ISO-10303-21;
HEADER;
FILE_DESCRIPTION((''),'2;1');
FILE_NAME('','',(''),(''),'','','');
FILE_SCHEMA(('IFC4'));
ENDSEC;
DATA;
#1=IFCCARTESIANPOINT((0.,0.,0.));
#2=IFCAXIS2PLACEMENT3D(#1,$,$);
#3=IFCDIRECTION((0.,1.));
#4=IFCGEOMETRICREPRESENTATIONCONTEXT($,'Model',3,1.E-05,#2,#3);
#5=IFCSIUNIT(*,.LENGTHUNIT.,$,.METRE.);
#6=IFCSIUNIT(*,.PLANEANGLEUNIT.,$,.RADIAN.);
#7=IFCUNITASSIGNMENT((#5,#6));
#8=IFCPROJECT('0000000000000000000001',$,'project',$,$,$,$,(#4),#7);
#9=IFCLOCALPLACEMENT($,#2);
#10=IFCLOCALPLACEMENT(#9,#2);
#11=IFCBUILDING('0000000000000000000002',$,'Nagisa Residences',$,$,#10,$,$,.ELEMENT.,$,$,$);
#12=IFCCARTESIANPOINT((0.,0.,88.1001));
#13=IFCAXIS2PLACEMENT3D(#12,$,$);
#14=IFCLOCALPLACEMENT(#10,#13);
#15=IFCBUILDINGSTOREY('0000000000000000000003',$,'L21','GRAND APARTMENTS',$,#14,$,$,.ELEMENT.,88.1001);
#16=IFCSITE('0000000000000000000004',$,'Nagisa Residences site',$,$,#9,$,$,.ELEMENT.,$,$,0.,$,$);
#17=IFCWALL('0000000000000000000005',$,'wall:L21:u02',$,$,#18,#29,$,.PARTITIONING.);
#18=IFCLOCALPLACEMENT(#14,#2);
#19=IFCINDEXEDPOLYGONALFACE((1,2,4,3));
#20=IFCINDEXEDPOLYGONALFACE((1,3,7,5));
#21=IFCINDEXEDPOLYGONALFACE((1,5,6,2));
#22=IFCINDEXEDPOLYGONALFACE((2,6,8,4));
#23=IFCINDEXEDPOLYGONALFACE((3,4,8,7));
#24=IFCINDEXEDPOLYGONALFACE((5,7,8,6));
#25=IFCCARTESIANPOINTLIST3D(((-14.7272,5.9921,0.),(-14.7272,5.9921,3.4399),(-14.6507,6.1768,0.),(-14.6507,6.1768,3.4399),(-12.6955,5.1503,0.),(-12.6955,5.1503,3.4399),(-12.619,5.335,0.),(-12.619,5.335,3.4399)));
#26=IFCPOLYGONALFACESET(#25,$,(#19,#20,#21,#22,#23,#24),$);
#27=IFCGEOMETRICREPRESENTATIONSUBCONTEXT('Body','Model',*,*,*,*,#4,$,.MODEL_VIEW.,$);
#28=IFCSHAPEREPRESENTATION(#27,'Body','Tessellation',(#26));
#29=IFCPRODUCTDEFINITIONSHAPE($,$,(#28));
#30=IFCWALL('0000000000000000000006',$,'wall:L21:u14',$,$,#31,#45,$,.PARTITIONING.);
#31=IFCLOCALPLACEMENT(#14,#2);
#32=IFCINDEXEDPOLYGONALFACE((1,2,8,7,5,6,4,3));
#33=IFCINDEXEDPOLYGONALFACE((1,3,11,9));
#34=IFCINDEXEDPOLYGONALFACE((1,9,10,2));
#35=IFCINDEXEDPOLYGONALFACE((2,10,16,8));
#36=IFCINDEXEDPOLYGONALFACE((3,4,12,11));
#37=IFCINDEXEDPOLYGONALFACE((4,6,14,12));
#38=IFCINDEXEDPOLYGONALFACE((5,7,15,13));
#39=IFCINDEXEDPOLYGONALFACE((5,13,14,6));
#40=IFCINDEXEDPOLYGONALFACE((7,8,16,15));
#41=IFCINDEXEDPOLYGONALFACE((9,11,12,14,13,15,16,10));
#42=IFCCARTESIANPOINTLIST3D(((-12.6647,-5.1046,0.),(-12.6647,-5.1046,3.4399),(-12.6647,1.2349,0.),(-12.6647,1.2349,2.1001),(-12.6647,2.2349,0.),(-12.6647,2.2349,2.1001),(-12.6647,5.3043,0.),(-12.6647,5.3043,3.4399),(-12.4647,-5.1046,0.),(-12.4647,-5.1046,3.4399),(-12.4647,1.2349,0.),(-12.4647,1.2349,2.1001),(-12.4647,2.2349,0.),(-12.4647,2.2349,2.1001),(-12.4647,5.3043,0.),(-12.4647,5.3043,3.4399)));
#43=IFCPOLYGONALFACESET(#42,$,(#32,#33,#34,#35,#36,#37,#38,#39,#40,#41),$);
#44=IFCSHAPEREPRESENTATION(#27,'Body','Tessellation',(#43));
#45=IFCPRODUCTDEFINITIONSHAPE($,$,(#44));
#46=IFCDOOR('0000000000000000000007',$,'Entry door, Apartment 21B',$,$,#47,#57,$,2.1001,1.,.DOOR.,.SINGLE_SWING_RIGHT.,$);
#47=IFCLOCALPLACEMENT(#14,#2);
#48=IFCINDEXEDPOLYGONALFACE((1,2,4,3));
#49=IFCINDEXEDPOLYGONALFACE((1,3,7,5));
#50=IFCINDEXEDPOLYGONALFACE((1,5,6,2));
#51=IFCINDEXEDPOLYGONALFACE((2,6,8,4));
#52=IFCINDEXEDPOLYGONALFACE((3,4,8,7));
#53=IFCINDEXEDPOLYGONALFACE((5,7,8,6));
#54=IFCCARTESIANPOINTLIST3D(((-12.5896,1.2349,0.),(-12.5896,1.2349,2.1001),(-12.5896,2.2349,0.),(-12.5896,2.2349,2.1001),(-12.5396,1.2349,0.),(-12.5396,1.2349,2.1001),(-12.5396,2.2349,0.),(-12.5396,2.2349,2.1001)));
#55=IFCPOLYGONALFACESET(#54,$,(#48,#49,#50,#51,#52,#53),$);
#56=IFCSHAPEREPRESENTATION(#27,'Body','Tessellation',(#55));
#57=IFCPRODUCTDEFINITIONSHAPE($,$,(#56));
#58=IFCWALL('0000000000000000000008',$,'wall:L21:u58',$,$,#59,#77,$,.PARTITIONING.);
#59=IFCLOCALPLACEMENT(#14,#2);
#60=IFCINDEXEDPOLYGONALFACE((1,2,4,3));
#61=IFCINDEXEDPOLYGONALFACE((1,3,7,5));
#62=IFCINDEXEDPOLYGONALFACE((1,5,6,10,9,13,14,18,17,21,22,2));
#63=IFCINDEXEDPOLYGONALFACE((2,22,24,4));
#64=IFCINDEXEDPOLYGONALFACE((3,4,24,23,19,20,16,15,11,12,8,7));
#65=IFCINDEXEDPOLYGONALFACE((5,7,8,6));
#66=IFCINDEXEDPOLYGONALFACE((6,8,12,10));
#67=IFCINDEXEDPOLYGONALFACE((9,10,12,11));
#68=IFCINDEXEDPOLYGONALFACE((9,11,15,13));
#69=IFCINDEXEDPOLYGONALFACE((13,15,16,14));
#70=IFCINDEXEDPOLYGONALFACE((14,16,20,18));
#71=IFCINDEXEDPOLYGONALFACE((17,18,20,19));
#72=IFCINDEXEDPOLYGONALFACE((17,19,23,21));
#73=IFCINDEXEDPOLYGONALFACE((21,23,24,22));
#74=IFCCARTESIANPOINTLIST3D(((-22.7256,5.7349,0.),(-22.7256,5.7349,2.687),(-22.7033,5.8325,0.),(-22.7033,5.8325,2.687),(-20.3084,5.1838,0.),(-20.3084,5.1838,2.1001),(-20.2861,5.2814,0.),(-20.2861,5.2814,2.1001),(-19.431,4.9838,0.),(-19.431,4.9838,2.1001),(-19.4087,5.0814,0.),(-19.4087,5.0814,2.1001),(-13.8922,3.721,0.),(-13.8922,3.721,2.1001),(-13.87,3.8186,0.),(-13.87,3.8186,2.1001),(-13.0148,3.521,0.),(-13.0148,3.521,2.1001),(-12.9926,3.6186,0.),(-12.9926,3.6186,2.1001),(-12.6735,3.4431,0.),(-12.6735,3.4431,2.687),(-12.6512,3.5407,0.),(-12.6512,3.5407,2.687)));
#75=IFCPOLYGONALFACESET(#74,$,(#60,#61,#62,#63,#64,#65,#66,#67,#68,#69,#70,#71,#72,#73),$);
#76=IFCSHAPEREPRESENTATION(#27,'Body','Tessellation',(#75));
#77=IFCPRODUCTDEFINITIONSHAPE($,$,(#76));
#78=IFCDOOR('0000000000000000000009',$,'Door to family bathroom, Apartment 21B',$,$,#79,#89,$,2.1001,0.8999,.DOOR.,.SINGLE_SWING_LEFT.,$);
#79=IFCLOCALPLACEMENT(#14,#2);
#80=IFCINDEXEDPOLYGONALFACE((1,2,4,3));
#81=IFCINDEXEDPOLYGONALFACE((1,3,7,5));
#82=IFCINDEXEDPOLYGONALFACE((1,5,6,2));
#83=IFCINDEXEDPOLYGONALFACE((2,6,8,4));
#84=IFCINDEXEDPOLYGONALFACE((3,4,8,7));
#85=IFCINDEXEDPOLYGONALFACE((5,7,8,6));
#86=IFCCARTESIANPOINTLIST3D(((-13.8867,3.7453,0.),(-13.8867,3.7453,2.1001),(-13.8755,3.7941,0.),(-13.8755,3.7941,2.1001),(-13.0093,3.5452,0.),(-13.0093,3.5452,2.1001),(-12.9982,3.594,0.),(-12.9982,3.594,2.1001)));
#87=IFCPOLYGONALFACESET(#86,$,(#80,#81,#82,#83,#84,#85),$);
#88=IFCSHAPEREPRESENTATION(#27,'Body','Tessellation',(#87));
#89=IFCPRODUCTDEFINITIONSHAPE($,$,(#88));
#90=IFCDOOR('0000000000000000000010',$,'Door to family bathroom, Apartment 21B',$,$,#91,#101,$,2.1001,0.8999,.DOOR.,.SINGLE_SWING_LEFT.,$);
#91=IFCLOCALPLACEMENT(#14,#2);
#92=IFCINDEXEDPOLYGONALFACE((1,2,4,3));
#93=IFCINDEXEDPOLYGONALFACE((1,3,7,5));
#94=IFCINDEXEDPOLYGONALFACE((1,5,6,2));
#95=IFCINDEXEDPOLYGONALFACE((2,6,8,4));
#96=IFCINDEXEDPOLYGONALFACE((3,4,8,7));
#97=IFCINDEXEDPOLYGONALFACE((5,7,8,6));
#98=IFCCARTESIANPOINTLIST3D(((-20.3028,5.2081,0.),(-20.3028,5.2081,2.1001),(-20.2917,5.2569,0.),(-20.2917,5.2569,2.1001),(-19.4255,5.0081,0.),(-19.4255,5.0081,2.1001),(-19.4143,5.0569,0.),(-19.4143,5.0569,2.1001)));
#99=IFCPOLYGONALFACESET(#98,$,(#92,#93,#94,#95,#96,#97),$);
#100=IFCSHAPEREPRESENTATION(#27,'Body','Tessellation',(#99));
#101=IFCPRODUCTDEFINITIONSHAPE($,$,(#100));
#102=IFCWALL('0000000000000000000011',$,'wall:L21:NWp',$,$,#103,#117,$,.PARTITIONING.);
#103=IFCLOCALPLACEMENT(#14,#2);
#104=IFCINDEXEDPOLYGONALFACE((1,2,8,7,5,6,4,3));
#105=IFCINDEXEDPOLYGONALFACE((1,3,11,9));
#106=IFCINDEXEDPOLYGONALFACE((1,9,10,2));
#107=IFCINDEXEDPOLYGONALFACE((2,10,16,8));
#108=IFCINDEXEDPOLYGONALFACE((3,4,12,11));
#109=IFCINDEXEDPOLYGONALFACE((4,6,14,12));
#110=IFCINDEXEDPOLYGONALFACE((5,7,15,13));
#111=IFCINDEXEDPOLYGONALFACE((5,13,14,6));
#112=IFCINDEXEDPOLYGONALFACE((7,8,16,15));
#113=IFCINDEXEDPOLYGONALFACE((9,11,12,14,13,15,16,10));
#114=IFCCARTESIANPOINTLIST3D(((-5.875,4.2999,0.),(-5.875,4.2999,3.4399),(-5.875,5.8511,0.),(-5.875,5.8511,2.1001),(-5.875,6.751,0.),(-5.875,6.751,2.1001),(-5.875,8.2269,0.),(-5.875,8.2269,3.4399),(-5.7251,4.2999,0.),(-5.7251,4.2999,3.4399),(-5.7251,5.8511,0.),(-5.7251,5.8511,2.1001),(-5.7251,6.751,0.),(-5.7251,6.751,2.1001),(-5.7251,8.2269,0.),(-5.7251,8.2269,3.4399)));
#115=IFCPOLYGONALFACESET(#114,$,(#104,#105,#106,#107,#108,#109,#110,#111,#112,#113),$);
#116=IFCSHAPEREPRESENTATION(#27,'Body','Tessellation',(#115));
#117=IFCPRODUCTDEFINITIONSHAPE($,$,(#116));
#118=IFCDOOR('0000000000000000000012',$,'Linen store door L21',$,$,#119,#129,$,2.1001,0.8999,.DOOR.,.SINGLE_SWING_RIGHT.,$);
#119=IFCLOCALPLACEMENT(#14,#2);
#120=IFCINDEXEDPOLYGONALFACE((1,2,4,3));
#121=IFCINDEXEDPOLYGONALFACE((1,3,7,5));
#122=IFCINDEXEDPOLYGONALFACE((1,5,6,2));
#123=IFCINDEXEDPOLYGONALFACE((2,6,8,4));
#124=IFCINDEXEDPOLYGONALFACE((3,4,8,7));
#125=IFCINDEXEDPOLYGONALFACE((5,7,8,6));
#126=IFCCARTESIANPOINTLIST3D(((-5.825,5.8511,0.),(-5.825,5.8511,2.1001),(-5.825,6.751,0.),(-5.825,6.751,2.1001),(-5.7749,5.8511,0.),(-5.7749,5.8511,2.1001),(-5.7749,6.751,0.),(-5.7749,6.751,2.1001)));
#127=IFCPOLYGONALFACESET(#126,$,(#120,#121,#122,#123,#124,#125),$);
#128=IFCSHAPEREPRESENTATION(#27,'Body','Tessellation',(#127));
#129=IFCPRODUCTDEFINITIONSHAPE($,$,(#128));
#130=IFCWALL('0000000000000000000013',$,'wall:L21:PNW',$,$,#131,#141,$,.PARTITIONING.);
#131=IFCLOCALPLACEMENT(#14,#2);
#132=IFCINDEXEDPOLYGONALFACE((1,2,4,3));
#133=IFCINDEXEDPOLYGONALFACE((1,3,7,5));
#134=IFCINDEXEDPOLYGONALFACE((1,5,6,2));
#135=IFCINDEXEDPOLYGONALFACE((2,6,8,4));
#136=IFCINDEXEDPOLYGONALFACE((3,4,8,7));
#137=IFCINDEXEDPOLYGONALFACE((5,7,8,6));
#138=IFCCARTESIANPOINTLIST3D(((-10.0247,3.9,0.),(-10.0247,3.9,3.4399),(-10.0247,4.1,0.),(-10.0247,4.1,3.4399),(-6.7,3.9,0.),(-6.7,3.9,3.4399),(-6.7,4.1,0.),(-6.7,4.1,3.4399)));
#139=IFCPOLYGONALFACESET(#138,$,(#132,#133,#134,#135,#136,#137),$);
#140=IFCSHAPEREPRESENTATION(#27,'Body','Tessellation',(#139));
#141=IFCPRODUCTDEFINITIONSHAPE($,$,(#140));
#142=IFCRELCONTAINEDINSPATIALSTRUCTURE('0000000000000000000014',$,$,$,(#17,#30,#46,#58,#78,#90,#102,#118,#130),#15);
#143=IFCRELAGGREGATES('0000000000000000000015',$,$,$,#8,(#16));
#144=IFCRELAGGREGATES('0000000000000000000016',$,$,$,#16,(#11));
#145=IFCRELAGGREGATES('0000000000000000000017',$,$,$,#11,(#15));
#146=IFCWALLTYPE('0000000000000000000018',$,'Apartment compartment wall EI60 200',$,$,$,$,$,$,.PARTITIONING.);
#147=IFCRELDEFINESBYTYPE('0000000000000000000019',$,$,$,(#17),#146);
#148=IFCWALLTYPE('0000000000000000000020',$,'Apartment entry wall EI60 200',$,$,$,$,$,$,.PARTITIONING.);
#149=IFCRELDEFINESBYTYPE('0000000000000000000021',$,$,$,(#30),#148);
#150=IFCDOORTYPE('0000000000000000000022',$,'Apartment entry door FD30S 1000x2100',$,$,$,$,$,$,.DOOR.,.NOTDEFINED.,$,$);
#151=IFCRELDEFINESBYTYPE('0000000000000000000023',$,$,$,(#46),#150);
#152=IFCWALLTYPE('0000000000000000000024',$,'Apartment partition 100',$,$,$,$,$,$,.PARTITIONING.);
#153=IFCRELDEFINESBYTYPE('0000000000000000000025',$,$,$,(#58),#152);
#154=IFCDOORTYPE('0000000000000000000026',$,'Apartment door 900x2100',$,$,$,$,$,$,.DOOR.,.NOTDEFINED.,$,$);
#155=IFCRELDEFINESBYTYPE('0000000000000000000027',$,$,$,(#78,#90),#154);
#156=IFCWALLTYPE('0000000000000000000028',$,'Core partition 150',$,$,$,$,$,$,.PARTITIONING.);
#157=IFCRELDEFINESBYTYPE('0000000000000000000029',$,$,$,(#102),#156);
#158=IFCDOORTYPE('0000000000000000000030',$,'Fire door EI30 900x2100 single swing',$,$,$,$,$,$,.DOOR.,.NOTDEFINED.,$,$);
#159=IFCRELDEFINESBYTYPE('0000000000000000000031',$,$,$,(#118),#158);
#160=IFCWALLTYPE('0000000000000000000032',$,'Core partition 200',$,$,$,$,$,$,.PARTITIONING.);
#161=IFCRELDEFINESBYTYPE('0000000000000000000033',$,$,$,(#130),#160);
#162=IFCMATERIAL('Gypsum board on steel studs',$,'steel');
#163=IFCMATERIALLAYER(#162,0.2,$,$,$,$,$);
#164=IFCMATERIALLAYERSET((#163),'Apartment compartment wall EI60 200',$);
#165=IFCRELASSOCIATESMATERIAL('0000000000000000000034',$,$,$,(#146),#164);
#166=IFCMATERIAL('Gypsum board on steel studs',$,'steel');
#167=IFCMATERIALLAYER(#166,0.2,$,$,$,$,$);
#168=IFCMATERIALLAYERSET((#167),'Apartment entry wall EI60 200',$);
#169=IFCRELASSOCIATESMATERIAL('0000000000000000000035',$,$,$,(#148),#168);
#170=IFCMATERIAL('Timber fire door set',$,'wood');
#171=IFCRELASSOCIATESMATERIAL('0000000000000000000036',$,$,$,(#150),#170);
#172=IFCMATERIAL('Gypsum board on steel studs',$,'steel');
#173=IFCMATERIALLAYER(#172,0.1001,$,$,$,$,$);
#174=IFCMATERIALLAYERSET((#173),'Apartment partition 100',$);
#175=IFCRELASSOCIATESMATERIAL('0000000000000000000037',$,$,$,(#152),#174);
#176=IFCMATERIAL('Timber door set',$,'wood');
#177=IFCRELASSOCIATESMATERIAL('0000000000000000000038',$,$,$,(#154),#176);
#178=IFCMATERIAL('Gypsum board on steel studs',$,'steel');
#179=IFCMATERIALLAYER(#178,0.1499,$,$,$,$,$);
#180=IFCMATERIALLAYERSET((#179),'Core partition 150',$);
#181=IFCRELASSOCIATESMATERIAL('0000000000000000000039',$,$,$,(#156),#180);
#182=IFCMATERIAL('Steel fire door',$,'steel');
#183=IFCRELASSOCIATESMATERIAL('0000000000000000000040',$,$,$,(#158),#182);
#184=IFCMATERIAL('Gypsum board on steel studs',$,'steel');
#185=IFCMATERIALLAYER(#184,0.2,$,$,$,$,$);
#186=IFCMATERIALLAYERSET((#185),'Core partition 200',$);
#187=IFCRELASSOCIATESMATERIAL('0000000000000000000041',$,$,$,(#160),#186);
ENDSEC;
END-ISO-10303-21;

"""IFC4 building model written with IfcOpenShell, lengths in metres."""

from ifc_helpers import new_model, si_unit, direction, frame, frame_2d, origin, place, context, subcontext, project, spatial, rectangle, extrude, material, layer, layer_set, type_object, element, fill, save


model = new_model("IFC4")

# Units and contexts
model_context = context("Model", 3, precision=1e-05, world=origin(), true_north=direction((0.0, 1.0)))
body_context = subcontext(model_context, "Body", "Model", "MODEL_VIEW")
ifc_project = project(units=[si_unit("LENGTHUNIT", "METRE"), si_unit("PLANEANGLEUNIT", "RADIAN")], contexts=[model_context])

# Site, building, storey
site_placement = place(None, origin())
site = spatial("IfcSite", under=ifc_project, at=site_placement, Name="Nagisa Residences site", CompositionType="ELEMENT", RefElevation=0.0)
building_placement = place(site_placement, origin())
building = spatial("IfcBuilding", under=site, at=building_placement, Name="Nagisa Residences", CompositionType="ELEMENT")
storey_placement = place(building_placement, frame((0.0, 0.0, 88.1001)))
storey = spatial("IfcBuildingStorey", under=building, at=storey_placement, Name="L21", Description="GRAND APARTMENTS", CompositionType="ELEMENT", Elevation=88.1001)

# Wall
ifc_material_1 = material(Name="Gypsum board on steel studs", Category="steel")
ifc_layer_1 = layer(ifc_material_1, 0.2)
ifc_layer_set_1 = layer_set([ifc_layer_1], Name="Apartment compartment wall EI60 200")
wall_type_1 = type_object("IfcWallType", Name="Apartment compartment wall EI60 200", PredefinedType="PARTITIONING", material=ifc_layer_set_1)
wall_1_placement = place(storey_placement, frame((-12.6572, 5.2427, 0.0), z_axis=(0.0, 0.0, 1.0), x_axis=(-0.923844, 0.38277, 0.0)))
element("IfcWall", 1, at=wall_1_placement, inside=storey, type_object=wall_type_1, Name="wall:L21:u02", PredefinedType="PARTITIONING", context=body_context, shape_type="SweptSolid", body=[
    extrude(rectangle(XDim=2.1992, YDim=0.2, at=frame_2d((1.0996, 0.0))), origin(), (0.0, 0.0, 1.0), 3.4399),
])

# Wall, opening, door
ifc_material_2 = material(Name="Gypsum board on steel studs", Category="steel")
ifc_layer_2 = layer(ifc_material_2, 0.2)
ifc_layer_set_2 = layer_set([ifc_layer_2], Name="Apartment entry wall EI60 200")
wall_type_2 = type_object("IfcWallType", Name="Apartment entry wall EI60 200", PredefinedType="PARTITIONING", material=ifc_layer_set_2)
wall_2_placement = place(storey_placement, frame((-12.5647, 5.3044, 0.0), z_axis=(0.0, 0.0, 1.0), x_axis=(0.0, -1.0, 0.0)))
wall_2 = element("IfcWall", 2, at=wall_2_placement, inside=storey, type_object=wall_type_2, Name="wall:L21:u14", PredefinedType="PARTITIONING", context=body_context, shape_type="SweptSolid", body=[
    extrude(rectangle(XDim=10.4089, YDim=0.2, at=frame_2d((5.2046, 0.0))), origin(), (0.0, 0.0, 1.0), 3.4399),
])
opening_1_placement = place(wall_2_placement, frame((3.0696, 0.0, 0.0)))
opening_1 = element("IfcOpeningElement", 3, at=opening_1_placement, cuts=wall_2, PredefinedType="OPENING", context=body_context, shape_type="SweptSolid", body=[
    extrude(rectangle(XDim=1.0, YDim=2.1001, at=frame_2d((0.5, 1.05))), frame((0.0, 0.1099, 0.0), z_axis=(0.0, -1.0, 0.0), x_axis=(1.0, 0.0, 0.0)), (0.0, 0.0, 1.0), 0.22),
])
ifc_material_3 = material(Name="Timber fire door set", Category="wood")
door_type_1 = type_object("IfcDoorType", Name="Apartment entry door FD30S 1000x2100", OperationType="NOTDEFINED", PredefinedType="DOOR", material=ifc_material_3)
door_1_placement = place(opening_1_placement, frame((1.0, 0.0, 0.0), x_axis=(-1.0, 0.0, 0.0)))
door_1 = element("IfcDoor", 4, at=door_1_placement, inside=storey, type_object=door_type_1, Name="Entry door, Apartment 21B", OperationType="SINGLE_SWING_RIGHT", OverallHeight=2.1001, OverallWidth=1.0, PredefinedType="DOOR", context=body_context, shape_type="SweptSolid", body=[
    extrude(rectangle(XDim=1.0, YDim=2.1001, at=frame_2d((0.5, 1.05))), frame((0.0, 0.0249, 0.0), z_axis=(0.0, -1.0, 0.0), x_axis=(1.0, 0.0, 0.0)), (0.0, 0.0, 1.0), 0.05),
])
fill(opening_1, door_1)

# Wall, openings, doors
ifc_material_4 = material(Name="Gypsum board on steel studs", Category="steel")
ifc_layer_3 = layer(ifc_material_4, 0.1001)
ifc_layer_set_3 = layer_set([ifc_layer_3], Name="Apartment partition 100")
wall_type_3 = type_object("IfcWallType", Name="Apartment partition 100", PredefinedType="PARTITIONING", material=ifc_layer_set_3)
wall_3_placement = place(storey_placement, frame((-12.6624, 3.4919, 0.0), z_axis=(0.0, 0.0, 1.0), x_axis=(-0.974982, 0.222285, 0.0)))
wall_3 = element("IfcWall", 5, at=wall_3_placement, inside=storey, type_object=wall_type_3, Name="wall:L21:u58", PredefinedType="PARTITIONING", context=body_context, shape_type="SweptSolid", body=[
    extrude(rectangle(XDim=10.3101, YDim=0.1001, at=frame_2d((5.155, 0.0))), origin(), (0.0, 0.0, 1.0), 2.687),
])
opening_2_placement = place(wall_3_placement, frame((0.3501, 0.0, 0.0)))
opening_2 = element("IfcOpeningElement", 6, at=opening_2_placement, cuts=wall_3, PredefinedType="OPENING", context=body_context, shape_type="SweptSolid", body=[
    extrude(rectangle(XDim=0.8999, YDim=2.1001, at=frame_2d((0.45, 1.05))), frame((0.0, 0.0601, 0.0), z_axis=(0.0, -1.0, 0.0), x_axis=(1.0, 0.0, 0.0)), (0.0, 0.0, 1.0), 0.1201),
])
opening_3_placement = place(wall_3_placement, frame((6.9309, 0.0, 0.0)))
opening_3 = element("IfcOpeningElement", 7, at=opening_3_placement, cuts=wall_3, PredefinedType="OPENING", context=body_context, shape_type="SweptSolid", body=[
    extrude(rectangle(XDim=0.8999, YDim=2.1001, at=frame_2d((0.45, 1.05))), frame((0.0, 0.0601, 0.0), z_axis=(0.0, -1.0, 0.0), x_axis=(1.0, 0.0, 0.0)), (0.0, 0.0, 1.0), 0.1201),
])
ifc_material_5 = material(Name="Timber door set", Category="wood")
door_type_2 = type_object("IfcDoorType", Name="Apartment door 900x2100", OperationType="NOTDEFINED", PredefinedType="DOOR", material=ifc_material_5)
door_2_placement = place(opening_2_placement, frame((0.8999, 0.0, 0.0), x_axis=(-1.0, 0.0, 0.0)))
door_2 = element("IfcDoor", 8, at=door_2_placement, inside=storey, type_object=door_type_2, Name="Door to family bathroom, Apartment 21B", OperationType="SINGLE_SWING_LEFT", OverallHeight=2.1001, OverallWidth=0.8999, PredefinedType="DOOR", context=body_context, shape_type="SweptSolid", body=[
    extrude(rectangle(XDim=0.8999, YDim=2.1001, at=frame_2d((0.45, 1.05))), frame((0.0, 0.0249, 0.0), z_axis=(0.0, -1.0, 0.0), x_axis=(1.0, 0.0, 0.0)), (0.0, 0.0, 1.0), 0.05),
])
fill(opening_2, door_2)
door_3_placement = place(opening_3_placement, frame((0.8999, 0.0, 0.0), x_axis=(-1.0, 0.0, 0.0)))
door_3 = element("IfcDoor", 9, at=door_3_placement, inside=storey, type_object=door_type_2, Name="Door to family bathroom, Apartment 21B", OperationType="SINGLE_SWING_LEFT", OverallHeight=2.1001, OverallWidth=0.8999, PredefinedType="DOOR", context=body_context, shape_type="SweptSolid", body=[
    extrude(rectangle(XDim=0.8999, YDim=2.1001, at=frame_2d((0.45, 1.05))), frame((0.0, 0.0249, 0.0), z_axis=(0.0, -1.0, 0.0), x_axis=(1.0, 0.0, 0.0)), (0.0, 0.0, 1.0), 0.05),
])
fill(opening_3, door_3)

# Wall, opening, door
ifc_material_6 = material(Name="Gypsum board on steel studs", Category="steel")
ifc_layer_4 = layer(ifc_material_6, 0.1499)
ifc_layer_set_4 = layer_set([ifc_layer_4], Name="Core partition 150")
wall_type_4 = type_object("IfcWallType", Name="Core partition 150", PredefinedType="PARTITIONING", material=ifc_layer_set_4)
wall_4_placement = place(storey_placement, frame((-5.8, 4.3, 0.0), z_axis=(0.0, 0.0, 1.0), x_axis=(0.0, 1.0, 0.0)))
wall_4 = element("IfcWall", 10, at=wall_4_placement, inside=storey, type_object=wall_type_4, Name="wall:L21:NWp", PredefinedType="PARTITIONING", context=body_context, shape_type="SweptSolid", body=[
    extrude(rectangle(XDim=3.927, YDim=0.1499, at=frame_2d((1.9634, 0.0))), origin(), (0.0, 0.0, 1.0), 3.4399),
])
opening_4_placement = place(wall_4_placement, frame((1.551, 0.0, 0.0)))
opening_4 = element("IfcOpeningElement", 11, at=opening_4_placement, cuts=wall_4, PredefinedType="OPENING", context=body_context, shape_type="SweptSolid", body=[
    extrude(rectangle(XDim=0.8999, YDim=2.1001, at=frame_2d((0.45, 1.05))), frame((0.0, 0.085, 0.0), z_axis=(0.0, -1.0, 0.0), x_axis=(1.0, 0.0, 0.0)), (0.0, 0.0, 1.0), 0.1699),
])
ifc_material_7 = material(Name="Steel fire door", Category="steel")
door_type_3 = type_object("IfcDoorType", Name="Fire door EI30 900x2100 single swing", OperationType="NOTDEFINED", PredefinedType="DOOR", material=ifc_material_7)
door_4_placement = place(opening_4_placement, origin())
door_4 = element("IfcDoor", 12, at=door_4_placement, inside=storey, type_object=door_type_3, Name="Linen store door L21", OperationType="SINGLE_SWING_RIGHT", OverallHeight=2.1001, OverallWidth=0.8999, PredefinedType="DOOR", context=body_context, shape_type="SweptSolid", body=[
    extrude(rectangle(XDim=0.8999, YDim=2.1001, at=frame_2d((0.45, 1.05))), frame((0.0, 0.0249, 0.0), z_axis=(0.0, -1.0, 0.0), x_axis=(1.0, 0.0, 0.0)), (0.0, 0.0, 1.0), 0.05),
])
fill(opening_4, door_4)

# Wall
ifc_material_8 = material(Name="Gypsum board on steel studs", Category="steel")
ifc_layer_5 = layer(ifc_material_8, 0.2)
ifc_layer_set_5 = layer_set([ifc_layer_5], Name="Core partition 200")
wall_type_5 = type_object("IfcWallType", Name="Core partition 200", PredefinedType="PARTITIONING", material=ifc_layer_set_5)
wall_5_placement = place(storey_placement, frame((-10.0247, 4.0, 0.0), z_axis=(0.0, 0.0, 1.0), x_axis=(1.0, 0.0, 0.0)))
element("IfcWall", 13, at=wall_5_placement, inside=storey, type_object=wall_type_5, Name="wall:L21:PNW", PredefinedType="PARTITIONING", context=body_context, shape_type="SweptSolid", body=[
    extrude(rectangle(XDim=3.3247, YDim=0.2, at=frame_2d((1.6624, 0.0))), origin(), (0.0, 0.0, 1.0), 3.4399),
])

save(model, "model.ifc")
